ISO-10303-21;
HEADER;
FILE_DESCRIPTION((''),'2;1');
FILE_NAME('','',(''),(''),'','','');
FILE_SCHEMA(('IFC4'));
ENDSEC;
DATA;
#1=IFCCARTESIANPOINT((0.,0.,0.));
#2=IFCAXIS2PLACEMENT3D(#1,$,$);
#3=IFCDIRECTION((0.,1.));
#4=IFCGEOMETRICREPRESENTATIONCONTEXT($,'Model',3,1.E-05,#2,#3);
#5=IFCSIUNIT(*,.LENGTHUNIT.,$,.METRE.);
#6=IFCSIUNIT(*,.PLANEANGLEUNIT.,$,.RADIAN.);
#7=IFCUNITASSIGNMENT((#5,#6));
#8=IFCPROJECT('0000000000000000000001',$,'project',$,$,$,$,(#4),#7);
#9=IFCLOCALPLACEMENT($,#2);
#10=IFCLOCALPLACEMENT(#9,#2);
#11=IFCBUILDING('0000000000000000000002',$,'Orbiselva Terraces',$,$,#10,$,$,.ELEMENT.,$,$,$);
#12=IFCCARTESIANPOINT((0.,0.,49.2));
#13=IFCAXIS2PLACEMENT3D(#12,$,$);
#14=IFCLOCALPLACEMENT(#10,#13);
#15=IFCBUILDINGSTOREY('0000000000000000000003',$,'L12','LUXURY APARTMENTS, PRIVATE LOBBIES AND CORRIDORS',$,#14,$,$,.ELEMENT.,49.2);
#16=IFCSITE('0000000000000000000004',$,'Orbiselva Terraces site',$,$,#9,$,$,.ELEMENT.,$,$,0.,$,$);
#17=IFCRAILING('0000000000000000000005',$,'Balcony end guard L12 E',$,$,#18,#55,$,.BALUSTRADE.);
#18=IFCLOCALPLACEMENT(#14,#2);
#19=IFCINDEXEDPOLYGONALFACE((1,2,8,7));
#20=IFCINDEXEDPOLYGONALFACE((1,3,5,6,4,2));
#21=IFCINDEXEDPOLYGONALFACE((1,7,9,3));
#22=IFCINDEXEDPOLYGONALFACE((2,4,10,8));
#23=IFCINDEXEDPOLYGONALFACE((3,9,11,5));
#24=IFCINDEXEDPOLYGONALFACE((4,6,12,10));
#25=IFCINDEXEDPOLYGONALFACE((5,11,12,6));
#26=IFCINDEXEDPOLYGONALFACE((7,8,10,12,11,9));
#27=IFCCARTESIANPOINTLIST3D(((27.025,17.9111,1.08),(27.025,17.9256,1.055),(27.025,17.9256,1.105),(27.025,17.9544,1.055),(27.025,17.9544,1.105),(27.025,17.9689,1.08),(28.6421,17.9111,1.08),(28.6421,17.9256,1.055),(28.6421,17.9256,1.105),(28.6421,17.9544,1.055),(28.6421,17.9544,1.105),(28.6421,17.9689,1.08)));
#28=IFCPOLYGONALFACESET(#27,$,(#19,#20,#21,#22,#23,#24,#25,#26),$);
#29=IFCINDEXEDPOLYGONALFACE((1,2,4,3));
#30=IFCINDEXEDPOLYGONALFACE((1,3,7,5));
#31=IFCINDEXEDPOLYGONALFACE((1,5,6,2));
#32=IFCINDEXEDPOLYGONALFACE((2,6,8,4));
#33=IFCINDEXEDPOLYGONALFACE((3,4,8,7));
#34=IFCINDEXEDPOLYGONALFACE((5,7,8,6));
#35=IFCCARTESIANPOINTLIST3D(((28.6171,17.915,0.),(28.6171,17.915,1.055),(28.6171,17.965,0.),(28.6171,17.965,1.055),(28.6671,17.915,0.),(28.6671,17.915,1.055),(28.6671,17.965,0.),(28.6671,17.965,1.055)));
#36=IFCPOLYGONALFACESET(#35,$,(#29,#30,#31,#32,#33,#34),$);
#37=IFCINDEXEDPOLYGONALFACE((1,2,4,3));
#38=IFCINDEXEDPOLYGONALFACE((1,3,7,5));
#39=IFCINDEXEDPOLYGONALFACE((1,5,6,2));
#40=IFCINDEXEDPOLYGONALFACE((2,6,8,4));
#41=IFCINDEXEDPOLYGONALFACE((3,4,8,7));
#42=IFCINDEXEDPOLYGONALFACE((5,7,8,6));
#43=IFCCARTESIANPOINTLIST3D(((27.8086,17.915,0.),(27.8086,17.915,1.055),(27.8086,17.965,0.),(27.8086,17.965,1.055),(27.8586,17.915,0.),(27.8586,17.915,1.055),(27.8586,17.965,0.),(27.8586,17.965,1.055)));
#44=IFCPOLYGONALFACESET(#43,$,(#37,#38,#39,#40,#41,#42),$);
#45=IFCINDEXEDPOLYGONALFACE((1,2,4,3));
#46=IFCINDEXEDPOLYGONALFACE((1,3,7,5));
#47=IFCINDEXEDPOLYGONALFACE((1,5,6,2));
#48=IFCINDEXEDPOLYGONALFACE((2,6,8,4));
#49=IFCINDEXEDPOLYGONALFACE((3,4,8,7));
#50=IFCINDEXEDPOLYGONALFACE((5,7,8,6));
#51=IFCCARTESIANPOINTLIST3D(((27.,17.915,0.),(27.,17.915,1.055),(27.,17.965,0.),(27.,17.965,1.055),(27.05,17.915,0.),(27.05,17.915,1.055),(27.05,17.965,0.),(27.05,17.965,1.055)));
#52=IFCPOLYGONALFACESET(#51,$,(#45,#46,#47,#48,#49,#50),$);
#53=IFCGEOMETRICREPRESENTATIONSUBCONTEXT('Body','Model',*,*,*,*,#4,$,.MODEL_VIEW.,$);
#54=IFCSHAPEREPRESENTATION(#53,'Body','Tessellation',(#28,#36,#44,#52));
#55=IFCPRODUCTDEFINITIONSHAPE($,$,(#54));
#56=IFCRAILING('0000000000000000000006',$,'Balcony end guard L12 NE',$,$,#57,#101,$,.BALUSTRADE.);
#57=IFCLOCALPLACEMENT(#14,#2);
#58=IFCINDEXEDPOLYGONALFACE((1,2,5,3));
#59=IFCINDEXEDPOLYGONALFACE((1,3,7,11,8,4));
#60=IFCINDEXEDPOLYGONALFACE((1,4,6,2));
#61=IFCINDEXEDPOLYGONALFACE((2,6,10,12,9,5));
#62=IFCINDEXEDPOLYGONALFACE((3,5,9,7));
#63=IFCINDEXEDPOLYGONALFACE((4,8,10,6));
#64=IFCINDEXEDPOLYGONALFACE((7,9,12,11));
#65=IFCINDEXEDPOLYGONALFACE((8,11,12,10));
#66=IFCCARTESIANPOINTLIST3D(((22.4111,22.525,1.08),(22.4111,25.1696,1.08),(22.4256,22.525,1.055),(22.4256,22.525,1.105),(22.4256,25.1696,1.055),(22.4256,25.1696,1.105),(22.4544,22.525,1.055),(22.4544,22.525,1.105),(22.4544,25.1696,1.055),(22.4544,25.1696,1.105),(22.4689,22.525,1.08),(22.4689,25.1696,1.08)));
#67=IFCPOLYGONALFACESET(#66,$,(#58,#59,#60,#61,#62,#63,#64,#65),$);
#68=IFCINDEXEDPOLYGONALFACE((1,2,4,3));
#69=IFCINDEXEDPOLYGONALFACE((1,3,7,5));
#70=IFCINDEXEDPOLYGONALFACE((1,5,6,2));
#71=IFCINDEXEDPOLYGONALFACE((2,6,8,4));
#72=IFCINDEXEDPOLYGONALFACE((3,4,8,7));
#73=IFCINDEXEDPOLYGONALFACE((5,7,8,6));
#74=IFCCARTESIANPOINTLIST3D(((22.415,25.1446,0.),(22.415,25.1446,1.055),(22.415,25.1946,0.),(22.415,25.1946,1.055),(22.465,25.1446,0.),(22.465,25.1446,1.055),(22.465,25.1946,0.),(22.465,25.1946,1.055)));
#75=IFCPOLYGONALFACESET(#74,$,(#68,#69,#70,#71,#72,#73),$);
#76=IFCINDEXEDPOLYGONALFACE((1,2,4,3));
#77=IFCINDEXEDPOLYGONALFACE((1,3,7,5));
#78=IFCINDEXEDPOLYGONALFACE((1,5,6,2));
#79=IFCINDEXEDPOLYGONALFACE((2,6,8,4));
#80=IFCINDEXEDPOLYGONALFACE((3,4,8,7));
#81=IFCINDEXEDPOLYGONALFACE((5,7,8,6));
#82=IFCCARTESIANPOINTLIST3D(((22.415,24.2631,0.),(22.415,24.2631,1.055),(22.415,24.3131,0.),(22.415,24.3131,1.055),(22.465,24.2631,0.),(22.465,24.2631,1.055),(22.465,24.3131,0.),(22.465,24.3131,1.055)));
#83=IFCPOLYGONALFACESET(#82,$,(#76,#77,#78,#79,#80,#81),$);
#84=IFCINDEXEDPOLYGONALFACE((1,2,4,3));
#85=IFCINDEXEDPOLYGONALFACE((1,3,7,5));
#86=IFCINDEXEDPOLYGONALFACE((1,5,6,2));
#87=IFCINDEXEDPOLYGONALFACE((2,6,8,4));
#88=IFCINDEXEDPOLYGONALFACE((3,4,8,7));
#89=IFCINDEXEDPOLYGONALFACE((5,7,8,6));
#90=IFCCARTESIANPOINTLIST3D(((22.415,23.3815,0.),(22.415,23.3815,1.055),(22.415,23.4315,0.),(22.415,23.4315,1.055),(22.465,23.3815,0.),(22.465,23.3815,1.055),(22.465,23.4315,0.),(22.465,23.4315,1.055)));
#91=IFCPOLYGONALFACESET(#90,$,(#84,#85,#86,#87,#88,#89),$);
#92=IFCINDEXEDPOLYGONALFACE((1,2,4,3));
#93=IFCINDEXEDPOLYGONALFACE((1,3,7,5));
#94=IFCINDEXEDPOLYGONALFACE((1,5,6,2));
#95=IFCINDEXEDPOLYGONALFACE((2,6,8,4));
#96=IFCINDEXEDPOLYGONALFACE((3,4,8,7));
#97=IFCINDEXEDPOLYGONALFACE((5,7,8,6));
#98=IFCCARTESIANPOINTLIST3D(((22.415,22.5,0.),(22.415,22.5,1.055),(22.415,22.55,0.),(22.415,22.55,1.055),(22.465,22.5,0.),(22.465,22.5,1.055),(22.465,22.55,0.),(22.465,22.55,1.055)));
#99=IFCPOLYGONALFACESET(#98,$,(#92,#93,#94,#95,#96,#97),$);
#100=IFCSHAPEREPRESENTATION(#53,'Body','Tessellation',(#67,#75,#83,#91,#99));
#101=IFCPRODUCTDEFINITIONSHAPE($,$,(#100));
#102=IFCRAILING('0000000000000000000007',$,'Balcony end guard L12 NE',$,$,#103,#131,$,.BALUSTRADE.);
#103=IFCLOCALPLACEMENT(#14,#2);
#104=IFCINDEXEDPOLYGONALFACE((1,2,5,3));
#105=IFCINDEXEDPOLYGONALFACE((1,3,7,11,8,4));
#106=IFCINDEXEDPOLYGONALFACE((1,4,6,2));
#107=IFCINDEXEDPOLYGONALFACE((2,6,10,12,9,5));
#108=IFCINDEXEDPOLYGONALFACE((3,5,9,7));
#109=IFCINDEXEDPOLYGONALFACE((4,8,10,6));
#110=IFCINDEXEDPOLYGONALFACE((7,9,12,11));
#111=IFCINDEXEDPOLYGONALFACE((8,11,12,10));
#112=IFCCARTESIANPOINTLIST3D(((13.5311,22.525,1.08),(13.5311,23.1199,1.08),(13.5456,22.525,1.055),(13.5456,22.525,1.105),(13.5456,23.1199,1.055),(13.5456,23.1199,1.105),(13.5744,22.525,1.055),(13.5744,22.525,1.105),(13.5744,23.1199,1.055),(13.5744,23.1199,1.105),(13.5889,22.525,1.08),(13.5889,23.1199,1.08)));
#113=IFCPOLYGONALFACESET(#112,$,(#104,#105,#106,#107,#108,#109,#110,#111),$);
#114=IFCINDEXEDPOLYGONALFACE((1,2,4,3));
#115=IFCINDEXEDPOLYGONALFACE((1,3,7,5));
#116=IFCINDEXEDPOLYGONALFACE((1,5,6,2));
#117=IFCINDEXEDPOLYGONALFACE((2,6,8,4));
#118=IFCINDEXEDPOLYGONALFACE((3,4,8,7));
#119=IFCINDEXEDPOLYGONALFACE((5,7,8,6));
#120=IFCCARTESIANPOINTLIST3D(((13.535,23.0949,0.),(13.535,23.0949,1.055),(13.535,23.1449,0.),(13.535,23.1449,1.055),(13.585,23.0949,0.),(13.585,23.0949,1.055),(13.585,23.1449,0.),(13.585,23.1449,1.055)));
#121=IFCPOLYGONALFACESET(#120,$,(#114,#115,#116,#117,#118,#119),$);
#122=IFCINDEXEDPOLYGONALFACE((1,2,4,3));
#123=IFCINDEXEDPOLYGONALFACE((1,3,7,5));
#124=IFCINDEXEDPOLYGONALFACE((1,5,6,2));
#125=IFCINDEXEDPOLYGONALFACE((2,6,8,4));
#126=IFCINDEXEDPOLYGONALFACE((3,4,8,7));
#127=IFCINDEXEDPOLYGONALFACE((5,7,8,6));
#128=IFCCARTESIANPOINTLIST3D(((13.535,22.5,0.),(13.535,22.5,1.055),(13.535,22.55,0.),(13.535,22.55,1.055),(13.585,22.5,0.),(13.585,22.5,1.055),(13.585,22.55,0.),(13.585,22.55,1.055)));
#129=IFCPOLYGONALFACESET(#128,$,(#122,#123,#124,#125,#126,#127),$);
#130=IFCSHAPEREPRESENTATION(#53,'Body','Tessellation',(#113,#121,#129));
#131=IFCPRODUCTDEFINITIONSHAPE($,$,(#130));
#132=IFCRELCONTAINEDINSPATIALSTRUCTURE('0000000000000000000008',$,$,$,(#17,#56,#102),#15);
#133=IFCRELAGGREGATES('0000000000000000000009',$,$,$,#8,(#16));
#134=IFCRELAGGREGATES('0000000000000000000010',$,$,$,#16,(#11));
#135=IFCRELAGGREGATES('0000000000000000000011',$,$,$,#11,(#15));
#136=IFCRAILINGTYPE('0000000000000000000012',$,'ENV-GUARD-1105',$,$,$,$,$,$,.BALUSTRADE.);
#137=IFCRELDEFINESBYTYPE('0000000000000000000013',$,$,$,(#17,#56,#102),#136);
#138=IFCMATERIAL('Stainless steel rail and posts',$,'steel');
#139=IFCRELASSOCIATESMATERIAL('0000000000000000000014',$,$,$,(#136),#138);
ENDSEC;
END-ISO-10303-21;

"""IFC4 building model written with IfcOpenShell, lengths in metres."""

from ifc_helpers import new_model, si_unit, direction, frame, origin, origin_2d, place, context, subcontext, project, spatial, polyline, rectangle, outline, extrude, material, type_object, element, save


model = new_model("IFC4")

# Units and contexts
model_context = context("Model", 3, precision=1e-05, world=origin(), true_north=direction((0.0, 1.0)))
body_context = subcontext(model_context, "Body", "Model", "MODEL_VIEW")
ifc_project = project(units=[si_unit("LENGTHUNIT", "METRE"), si_unit("PLANEANGLEUNIT", "RADIAN")], contexts=[model_context])

# Site, building, storey
site_placement = place(None, origin())
site = spatial("IfcSite", under=ifc_project, at=site_placement, Name="Orbiselva Terraces site", CompositionType="ELEMENT", RefElevation=0.0)
building_placement = place(site_placement, origin())
building = spatial("IfcBuilding", under=site, at=building_placement, Name="Orbiselva Terraces", CompositionType="ELEMENT")
storey_placement = place(building_placement, frame((0.0, 0.0, 49.2)))
storey = spatial("IfcBuildingStorey", under=building, at=storey_placement, Name="L12", Description="LUXURY APARTMENTS, PRIVATE LOBBIES AND CORRIDORS", CompositionType="ELEMENT", Elevation=49.2)

# Railings
ifc_material_1 = material(Name="Stainless steel rail and posts", Category="steel")
railing_type_1 = type_object("IfcRailingType", Name="ENV-GUARD-1105", PredefinedType="BALUSTRADE", material=ifc_material_1)
railing_1_placement = place(storey_placement, frame((28.6421, 17.94, 0.0)))
element("IfcRailing", 1, at=railing_1_placement, inside=storey, type_object=railing_type_1, Name="Balcony end guard L12 E", PredefinedType="BALUSTRADE", context=body_context, shape_type="SweptSolid", body=[
    extrude(outline(polyline([(0.0289, 0.0), (0.0144, 0.025), (-0.0144, 0.025), (-0.0289, 0.0), (-0.0144, -0.025), (0.0144, -0.025), (0.0289, 0.0)])), frame((0.0, 0.0, 1.08), z_axis=(-1.0, 0.0, 0.0), x_axis=(0.0, -1.0, 0.0)), (0.0, 0.0, 1.0), 1.6171),
    extrude(rectangle(XDim=0.05, YDim=0.05, at=origin_2d()), origin(), (0.0, 0.0, 1.0), 1.055),
    extrude(rectangle(XDim=0.05, YDim=0.05, at=origin_2d()), frame((-0.8086, 0.0, 0.0)), (0.0, 0.0, 1.0), 1.055),
    extrude(rectangle(XDim=0.05, YDim=0.05, at=origin_2d()), frame((-1.6171, 0.0, 0.0)), (0.0, 0.0, 1.0), 1.055),
])
railing_2_placement = place(storey_placement, frame((22.44, 25.1696, 0.0)))
element("IfcRailing", 2, at=railing_2_placement, inside=storey, type_object=railing_type_1, Name="Balcony end guard L12 NE", PredefinedType="BALUSTRADE", context=body_context, shape_type="SweptSolid", body=[
    extrude(outline(polyline([(0.0289, 0.0), (0.0144, 0.025), (-0.0144, 0.025), (-0.0289, 0.0), (-0.0144, -0.025), (0.0144, -0.025), (0.0289, 0.0)])), frame((0.0, 0.0, 1.08), z_axis=(0.0, -1.0, 0.0), x_axis=(1.0, 0.0, 0.0)), (0.0, 0.0, 1.0), 2.6446),
    extrude(rectangle(XDim=0.05, YDim=0.05, at=origin_2d()), origin(), (0.0, 0.0, 1.0), 1.055),
    extrude(rectangle(XDim=0.05, YDim=0.05, at=origin_2d()), frame((0.0, -0.8815, 0.0)), (0.0, 0.0, 1.0), 1.055),
    extrude(rectangle(XDim=0.05, YDim=0.05, at=origin_2d()), frame((0.0, -1.7631, 0.0)), (0.0, 0.0, 1.0), 1.055),
    extrude(rectangle(XDim=0.05, YDim=0.05, at=origin_2d()), frame((0.0, -2.6446, 0.0)), (0.0, 0.0, 1.0), 1.055),
])
railing_3_placement = place(storey_placement, frame((13.56, 23.1199, 0.0)))
element("IfcRailing", 3, at=railing_3_placement, inside=storey, type_object=railing_type_1, Name="Balcony end guard L12 NE", PredefinedType="BALUSTRADE", context=body_context, shape_type="SweptSolid", body=[
    extrude(outline(polyline([(0.0289, 0.0), (0.0144, 0.025), (-0.0144, 0.025), (-0.0289, 0.0), (-0.0144, -0.025), (0.0144, -0.025), (0.0289, 0.0)])), frame((0.0, 0.0, 1.08), z_axis=(0.0, -1.0, 0.0), x_axis=(1.0, 0.0, 0.0)), (0.0, 0.0, 1.0), 0.5949),
    extrude(rectangle(XDim=0.05, YDim=0.05, at=origin_2d()), origin(), (0.0, 0.0, 1.0), 1.055),
    extrude(rectangle(XDim=0.05, YDim=0.05, at=origin_2d()), frame((0.0, -0.5949, 0.0)), (0.0, 0.0, 1.0), 1.055),
])

save(model, "model.ifc")
